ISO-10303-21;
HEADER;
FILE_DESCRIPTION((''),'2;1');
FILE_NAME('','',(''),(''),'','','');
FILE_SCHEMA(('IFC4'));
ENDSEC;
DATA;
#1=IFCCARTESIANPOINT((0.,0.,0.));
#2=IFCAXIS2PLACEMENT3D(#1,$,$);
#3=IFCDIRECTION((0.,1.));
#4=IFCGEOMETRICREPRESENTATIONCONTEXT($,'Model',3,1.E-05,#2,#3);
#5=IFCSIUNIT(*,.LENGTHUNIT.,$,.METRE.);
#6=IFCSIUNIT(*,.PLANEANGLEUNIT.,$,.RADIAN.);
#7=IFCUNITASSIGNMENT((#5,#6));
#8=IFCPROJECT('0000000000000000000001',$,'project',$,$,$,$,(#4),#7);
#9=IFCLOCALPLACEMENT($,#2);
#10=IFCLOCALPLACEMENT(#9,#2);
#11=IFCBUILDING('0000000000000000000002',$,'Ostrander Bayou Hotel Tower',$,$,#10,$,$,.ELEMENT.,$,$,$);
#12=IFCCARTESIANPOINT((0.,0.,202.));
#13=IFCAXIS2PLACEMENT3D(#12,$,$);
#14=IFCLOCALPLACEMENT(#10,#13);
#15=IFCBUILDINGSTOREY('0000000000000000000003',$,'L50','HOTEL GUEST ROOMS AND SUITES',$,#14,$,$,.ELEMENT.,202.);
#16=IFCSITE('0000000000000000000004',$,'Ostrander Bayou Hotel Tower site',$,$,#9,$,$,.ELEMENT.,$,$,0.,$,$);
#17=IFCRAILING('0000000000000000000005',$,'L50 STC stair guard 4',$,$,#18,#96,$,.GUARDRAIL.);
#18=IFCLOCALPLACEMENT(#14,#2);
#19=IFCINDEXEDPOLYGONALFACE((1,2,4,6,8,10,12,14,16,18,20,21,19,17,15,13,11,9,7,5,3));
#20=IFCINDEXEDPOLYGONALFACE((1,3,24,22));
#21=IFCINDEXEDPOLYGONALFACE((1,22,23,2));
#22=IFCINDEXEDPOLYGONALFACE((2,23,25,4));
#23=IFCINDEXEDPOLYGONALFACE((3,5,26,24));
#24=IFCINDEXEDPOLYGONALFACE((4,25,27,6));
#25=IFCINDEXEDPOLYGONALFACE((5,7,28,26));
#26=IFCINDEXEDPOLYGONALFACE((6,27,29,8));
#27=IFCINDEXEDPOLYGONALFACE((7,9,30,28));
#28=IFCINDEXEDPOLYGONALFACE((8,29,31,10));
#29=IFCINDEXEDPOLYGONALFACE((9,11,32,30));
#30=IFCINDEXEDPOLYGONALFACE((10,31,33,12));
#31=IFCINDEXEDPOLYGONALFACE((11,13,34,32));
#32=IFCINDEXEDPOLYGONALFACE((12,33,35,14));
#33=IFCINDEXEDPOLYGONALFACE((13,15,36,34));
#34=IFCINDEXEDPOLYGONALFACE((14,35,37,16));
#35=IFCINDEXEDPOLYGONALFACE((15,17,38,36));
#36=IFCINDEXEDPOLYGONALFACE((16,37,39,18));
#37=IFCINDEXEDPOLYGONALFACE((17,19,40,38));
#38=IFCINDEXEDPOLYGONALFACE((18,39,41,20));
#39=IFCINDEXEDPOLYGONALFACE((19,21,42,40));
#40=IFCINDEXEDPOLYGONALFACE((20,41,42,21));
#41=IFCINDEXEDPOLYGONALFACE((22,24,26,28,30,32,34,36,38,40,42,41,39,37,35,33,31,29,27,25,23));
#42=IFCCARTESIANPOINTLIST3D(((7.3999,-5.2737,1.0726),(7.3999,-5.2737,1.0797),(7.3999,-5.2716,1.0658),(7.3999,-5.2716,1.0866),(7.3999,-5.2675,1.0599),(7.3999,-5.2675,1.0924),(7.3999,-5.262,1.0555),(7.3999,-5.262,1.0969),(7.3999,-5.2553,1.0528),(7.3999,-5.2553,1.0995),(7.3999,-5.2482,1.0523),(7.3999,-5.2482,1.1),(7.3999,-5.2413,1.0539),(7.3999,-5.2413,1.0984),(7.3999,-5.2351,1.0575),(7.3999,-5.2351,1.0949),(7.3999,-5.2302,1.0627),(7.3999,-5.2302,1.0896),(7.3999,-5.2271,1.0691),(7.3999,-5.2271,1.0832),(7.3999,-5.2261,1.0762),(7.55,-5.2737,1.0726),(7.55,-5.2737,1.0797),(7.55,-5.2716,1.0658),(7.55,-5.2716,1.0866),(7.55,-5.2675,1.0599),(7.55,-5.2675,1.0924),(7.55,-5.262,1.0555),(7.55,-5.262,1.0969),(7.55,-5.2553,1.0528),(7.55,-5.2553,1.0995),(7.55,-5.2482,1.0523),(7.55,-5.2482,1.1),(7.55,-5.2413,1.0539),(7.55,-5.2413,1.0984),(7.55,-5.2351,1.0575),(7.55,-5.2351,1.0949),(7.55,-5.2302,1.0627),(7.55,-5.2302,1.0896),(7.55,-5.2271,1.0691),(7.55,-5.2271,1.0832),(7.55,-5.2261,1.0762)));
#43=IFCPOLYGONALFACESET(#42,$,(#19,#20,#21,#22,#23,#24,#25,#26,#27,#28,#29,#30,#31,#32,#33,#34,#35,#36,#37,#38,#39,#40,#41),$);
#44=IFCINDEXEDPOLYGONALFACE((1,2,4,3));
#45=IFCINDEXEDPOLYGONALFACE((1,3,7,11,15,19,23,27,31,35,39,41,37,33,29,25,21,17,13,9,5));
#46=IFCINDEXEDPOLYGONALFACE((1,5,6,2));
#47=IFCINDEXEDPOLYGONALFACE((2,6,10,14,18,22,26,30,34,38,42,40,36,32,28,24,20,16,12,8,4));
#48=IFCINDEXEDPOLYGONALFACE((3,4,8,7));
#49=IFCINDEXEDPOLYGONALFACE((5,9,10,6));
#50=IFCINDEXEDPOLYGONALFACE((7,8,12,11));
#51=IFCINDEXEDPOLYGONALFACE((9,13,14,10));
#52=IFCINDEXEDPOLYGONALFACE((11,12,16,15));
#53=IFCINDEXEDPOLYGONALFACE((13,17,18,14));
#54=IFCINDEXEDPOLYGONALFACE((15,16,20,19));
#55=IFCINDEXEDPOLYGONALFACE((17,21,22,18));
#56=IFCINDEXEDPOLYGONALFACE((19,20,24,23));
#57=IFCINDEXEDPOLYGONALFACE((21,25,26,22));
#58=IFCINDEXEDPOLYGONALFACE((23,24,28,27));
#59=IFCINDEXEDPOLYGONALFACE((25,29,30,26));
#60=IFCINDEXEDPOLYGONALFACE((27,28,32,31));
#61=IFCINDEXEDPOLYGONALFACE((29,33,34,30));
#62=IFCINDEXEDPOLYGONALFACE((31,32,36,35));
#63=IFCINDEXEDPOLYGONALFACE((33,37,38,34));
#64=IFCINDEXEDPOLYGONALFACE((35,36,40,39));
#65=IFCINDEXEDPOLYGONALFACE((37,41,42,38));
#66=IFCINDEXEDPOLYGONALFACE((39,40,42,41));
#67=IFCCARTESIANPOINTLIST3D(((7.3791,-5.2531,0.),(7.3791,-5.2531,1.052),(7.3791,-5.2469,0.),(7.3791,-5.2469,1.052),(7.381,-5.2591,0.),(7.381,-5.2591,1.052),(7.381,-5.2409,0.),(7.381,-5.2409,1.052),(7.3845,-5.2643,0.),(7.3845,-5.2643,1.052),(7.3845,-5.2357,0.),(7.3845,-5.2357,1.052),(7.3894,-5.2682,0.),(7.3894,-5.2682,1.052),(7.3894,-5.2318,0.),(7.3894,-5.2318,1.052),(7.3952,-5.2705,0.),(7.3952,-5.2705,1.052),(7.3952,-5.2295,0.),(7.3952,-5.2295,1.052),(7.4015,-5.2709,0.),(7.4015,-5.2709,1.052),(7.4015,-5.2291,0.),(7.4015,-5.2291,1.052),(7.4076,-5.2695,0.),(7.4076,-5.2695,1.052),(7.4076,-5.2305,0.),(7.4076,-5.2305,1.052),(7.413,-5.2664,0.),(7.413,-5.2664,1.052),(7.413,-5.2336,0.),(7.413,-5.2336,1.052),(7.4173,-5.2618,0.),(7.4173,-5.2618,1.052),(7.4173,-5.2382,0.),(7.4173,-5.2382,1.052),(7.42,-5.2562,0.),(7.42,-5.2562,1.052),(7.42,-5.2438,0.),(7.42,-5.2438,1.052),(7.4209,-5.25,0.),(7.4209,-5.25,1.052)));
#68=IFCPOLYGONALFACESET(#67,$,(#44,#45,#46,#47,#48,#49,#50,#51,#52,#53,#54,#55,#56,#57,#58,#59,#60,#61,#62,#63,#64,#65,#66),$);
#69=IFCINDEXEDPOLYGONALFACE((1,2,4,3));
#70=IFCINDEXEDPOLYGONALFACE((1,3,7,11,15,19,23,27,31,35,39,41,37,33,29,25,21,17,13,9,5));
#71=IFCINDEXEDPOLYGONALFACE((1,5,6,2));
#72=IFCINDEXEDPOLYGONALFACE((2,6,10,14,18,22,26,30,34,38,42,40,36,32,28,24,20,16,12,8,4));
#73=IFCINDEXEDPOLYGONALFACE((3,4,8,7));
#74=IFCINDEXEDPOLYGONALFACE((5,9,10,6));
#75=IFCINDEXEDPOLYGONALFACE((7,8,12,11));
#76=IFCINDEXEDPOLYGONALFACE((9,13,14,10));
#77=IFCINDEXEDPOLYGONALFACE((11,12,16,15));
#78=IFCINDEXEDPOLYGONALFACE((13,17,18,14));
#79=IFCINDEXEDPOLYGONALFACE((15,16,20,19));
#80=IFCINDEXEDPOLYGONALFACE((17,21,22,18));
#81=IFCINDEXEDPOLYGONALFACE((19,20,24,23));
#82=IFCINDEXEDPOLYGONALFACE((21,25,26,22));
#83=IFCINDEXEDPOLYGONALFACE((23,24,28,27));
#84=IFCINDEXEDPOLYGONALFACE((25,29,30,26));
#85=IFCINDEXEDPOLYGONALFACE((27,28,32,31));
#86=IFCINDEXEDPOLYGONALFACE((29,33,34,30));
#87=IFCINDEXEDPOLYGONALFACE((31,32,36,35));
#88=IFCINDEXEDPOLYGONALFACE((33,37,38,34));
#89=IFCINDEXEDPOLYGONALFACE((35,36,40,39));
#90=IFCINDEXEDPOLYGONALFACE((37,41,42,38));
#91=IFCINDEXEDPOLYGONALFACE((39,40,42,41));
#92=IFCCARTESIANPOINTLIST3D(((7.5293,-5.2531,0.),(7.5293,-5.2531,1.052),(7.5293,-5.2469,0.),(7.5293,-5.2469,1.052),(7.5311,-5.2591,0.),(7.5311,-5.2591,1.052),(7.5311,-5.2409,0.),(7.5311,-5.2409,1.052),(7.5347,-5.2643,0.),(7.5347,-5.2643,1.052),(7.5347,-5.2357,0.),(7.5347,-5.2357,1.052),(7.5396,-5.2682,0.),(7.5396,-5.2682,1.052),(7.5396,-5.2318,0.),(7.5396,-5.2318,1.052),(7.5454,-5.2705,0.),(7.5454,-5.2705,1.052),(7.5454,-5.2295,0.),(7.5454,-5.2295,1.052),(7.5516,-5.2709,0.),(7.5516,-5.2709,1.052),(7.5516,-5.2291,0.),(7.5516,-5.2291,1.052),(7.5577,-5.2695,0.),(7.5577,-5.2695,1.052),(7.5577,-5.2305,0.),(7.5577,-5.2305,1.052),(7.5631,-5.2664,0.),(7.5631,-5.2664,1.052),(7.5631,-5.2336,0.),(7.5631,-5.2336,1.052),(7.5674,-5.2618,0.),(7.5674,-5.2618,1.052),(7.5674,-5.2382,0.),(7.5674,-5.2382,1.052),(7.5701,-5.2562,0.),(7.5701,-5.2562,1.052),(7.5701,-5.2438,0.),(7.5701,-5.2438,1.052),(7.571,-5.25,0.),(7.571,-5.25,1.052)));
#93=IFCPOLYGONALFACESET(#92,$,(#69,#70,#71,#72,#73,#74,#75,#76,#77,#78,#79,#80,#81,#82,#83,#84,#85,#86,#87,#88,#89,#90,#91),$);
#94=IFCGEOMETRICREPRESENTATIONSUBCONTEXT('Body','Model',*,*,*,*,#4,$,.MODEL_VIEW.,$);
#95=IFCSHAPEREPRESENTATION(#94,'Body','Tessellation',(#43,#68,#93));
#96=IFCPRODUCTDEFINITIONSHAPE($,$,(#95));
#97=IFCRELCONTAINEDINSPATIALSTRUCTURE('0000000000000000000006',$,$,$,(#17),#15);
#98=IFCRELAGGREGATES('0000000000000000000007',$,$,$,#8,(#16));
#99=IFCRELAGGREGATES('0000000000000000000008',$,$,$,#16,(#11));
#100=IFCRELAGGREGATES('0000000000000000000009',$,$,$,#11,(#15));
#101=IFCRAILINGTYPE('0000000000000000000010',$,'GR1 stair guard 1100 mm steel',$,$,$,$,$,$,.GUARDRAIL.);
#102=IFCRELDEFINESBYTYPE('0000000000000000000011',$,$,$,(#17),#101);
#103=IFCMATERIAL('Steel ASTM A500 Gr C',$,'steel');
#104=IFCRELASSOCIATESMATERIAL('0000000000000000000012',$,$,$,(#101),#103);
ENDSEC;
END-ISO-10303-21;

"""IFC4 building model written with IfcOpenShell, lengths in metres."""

from ifc_helpers import new_model, si_unit, direction, frame, origin, origin_2d, place, context, subcontext, project, spatial, circle, extrude, material, type_object, element, save


model = new_model("IFC4")

# Units and contexts
model_context = context("Model", 3, precision=1e-05, world=origin(), true_north=direction((0.0, 1.0)))
body_context = subcontext(model_context, "Body", "Model", "MODEL_VIEW")
ifc_project = project(units=[si_unit("LENGTHUNIT", "METRE"), si_unit("PLANEANGLEUNIT", "RADIAN")], contexts=[model_context])

# Site, building, storey
site_placement = place(None, origin())
site = spatial("IfcSite", under=ifc_project, at=site_placement, Name="Ostrander Bayou Hotel Tower site", CompositionType="ELEMENT", RefElevation=0.0)
building_placement = place(site_placement, origin())
building = spatial("IfcBuilding", under=site, at=building_placement, Name="Ostrander Bayou Hotel Tower", CompositionType="ELEMENT")
storey_placement = place(building_placement, frame((0.0, 0.0, 202.0)))
storey = spatial("IfcBuildingStorey", under=building, at=storey_placement, Name="L50", Description="HOTEL GUEST ROOMS AND SUITES", CompositionType="ELEMENT", Elevation=202.0)

# Railing
ifc_material_1 = material(Name="Steel ASTM A500 Gr C", Category="steel")
railing_type_1 = type_object("IfcRailingType", Name="GR1 stair guard 1100 mm steel", PredefinedType="GUARDRAIL", material=ifc_material_1)
railing_1_placement = place(storey_placement, frame((7.3999, -5.25, 0.0)))
element("IfcRailing", 1, at=railing_1_placement, inside=storey, type_object=railing_type_1, Name="L50 STC stair guard 4", PredefinedType="GUARDRAIL", context=body_context, shape_type="SweptSolid", body=[
    extrude(circle(Radius=0.0239, at=origin_2d()), frame((0.0, 0.0, 1.0762), z_axis=(1.0, 0.0, 0.0), x_axis=(0.0, 1.0, 0.0)), (0.0, 0.0, 1.0), 0.1501),
    extrude(circle(Radius=0.021, at=origin_2d()), origin(), (0.0, 0.0, 1.0), 1.052),
    extrude(circle(Radius=0.021, at=origin_2d()), frame((0.1501, 0.0, 0.0)), (0.0, 0.0, 1.0), 1.052),
])

save(model, "model.ifc")
